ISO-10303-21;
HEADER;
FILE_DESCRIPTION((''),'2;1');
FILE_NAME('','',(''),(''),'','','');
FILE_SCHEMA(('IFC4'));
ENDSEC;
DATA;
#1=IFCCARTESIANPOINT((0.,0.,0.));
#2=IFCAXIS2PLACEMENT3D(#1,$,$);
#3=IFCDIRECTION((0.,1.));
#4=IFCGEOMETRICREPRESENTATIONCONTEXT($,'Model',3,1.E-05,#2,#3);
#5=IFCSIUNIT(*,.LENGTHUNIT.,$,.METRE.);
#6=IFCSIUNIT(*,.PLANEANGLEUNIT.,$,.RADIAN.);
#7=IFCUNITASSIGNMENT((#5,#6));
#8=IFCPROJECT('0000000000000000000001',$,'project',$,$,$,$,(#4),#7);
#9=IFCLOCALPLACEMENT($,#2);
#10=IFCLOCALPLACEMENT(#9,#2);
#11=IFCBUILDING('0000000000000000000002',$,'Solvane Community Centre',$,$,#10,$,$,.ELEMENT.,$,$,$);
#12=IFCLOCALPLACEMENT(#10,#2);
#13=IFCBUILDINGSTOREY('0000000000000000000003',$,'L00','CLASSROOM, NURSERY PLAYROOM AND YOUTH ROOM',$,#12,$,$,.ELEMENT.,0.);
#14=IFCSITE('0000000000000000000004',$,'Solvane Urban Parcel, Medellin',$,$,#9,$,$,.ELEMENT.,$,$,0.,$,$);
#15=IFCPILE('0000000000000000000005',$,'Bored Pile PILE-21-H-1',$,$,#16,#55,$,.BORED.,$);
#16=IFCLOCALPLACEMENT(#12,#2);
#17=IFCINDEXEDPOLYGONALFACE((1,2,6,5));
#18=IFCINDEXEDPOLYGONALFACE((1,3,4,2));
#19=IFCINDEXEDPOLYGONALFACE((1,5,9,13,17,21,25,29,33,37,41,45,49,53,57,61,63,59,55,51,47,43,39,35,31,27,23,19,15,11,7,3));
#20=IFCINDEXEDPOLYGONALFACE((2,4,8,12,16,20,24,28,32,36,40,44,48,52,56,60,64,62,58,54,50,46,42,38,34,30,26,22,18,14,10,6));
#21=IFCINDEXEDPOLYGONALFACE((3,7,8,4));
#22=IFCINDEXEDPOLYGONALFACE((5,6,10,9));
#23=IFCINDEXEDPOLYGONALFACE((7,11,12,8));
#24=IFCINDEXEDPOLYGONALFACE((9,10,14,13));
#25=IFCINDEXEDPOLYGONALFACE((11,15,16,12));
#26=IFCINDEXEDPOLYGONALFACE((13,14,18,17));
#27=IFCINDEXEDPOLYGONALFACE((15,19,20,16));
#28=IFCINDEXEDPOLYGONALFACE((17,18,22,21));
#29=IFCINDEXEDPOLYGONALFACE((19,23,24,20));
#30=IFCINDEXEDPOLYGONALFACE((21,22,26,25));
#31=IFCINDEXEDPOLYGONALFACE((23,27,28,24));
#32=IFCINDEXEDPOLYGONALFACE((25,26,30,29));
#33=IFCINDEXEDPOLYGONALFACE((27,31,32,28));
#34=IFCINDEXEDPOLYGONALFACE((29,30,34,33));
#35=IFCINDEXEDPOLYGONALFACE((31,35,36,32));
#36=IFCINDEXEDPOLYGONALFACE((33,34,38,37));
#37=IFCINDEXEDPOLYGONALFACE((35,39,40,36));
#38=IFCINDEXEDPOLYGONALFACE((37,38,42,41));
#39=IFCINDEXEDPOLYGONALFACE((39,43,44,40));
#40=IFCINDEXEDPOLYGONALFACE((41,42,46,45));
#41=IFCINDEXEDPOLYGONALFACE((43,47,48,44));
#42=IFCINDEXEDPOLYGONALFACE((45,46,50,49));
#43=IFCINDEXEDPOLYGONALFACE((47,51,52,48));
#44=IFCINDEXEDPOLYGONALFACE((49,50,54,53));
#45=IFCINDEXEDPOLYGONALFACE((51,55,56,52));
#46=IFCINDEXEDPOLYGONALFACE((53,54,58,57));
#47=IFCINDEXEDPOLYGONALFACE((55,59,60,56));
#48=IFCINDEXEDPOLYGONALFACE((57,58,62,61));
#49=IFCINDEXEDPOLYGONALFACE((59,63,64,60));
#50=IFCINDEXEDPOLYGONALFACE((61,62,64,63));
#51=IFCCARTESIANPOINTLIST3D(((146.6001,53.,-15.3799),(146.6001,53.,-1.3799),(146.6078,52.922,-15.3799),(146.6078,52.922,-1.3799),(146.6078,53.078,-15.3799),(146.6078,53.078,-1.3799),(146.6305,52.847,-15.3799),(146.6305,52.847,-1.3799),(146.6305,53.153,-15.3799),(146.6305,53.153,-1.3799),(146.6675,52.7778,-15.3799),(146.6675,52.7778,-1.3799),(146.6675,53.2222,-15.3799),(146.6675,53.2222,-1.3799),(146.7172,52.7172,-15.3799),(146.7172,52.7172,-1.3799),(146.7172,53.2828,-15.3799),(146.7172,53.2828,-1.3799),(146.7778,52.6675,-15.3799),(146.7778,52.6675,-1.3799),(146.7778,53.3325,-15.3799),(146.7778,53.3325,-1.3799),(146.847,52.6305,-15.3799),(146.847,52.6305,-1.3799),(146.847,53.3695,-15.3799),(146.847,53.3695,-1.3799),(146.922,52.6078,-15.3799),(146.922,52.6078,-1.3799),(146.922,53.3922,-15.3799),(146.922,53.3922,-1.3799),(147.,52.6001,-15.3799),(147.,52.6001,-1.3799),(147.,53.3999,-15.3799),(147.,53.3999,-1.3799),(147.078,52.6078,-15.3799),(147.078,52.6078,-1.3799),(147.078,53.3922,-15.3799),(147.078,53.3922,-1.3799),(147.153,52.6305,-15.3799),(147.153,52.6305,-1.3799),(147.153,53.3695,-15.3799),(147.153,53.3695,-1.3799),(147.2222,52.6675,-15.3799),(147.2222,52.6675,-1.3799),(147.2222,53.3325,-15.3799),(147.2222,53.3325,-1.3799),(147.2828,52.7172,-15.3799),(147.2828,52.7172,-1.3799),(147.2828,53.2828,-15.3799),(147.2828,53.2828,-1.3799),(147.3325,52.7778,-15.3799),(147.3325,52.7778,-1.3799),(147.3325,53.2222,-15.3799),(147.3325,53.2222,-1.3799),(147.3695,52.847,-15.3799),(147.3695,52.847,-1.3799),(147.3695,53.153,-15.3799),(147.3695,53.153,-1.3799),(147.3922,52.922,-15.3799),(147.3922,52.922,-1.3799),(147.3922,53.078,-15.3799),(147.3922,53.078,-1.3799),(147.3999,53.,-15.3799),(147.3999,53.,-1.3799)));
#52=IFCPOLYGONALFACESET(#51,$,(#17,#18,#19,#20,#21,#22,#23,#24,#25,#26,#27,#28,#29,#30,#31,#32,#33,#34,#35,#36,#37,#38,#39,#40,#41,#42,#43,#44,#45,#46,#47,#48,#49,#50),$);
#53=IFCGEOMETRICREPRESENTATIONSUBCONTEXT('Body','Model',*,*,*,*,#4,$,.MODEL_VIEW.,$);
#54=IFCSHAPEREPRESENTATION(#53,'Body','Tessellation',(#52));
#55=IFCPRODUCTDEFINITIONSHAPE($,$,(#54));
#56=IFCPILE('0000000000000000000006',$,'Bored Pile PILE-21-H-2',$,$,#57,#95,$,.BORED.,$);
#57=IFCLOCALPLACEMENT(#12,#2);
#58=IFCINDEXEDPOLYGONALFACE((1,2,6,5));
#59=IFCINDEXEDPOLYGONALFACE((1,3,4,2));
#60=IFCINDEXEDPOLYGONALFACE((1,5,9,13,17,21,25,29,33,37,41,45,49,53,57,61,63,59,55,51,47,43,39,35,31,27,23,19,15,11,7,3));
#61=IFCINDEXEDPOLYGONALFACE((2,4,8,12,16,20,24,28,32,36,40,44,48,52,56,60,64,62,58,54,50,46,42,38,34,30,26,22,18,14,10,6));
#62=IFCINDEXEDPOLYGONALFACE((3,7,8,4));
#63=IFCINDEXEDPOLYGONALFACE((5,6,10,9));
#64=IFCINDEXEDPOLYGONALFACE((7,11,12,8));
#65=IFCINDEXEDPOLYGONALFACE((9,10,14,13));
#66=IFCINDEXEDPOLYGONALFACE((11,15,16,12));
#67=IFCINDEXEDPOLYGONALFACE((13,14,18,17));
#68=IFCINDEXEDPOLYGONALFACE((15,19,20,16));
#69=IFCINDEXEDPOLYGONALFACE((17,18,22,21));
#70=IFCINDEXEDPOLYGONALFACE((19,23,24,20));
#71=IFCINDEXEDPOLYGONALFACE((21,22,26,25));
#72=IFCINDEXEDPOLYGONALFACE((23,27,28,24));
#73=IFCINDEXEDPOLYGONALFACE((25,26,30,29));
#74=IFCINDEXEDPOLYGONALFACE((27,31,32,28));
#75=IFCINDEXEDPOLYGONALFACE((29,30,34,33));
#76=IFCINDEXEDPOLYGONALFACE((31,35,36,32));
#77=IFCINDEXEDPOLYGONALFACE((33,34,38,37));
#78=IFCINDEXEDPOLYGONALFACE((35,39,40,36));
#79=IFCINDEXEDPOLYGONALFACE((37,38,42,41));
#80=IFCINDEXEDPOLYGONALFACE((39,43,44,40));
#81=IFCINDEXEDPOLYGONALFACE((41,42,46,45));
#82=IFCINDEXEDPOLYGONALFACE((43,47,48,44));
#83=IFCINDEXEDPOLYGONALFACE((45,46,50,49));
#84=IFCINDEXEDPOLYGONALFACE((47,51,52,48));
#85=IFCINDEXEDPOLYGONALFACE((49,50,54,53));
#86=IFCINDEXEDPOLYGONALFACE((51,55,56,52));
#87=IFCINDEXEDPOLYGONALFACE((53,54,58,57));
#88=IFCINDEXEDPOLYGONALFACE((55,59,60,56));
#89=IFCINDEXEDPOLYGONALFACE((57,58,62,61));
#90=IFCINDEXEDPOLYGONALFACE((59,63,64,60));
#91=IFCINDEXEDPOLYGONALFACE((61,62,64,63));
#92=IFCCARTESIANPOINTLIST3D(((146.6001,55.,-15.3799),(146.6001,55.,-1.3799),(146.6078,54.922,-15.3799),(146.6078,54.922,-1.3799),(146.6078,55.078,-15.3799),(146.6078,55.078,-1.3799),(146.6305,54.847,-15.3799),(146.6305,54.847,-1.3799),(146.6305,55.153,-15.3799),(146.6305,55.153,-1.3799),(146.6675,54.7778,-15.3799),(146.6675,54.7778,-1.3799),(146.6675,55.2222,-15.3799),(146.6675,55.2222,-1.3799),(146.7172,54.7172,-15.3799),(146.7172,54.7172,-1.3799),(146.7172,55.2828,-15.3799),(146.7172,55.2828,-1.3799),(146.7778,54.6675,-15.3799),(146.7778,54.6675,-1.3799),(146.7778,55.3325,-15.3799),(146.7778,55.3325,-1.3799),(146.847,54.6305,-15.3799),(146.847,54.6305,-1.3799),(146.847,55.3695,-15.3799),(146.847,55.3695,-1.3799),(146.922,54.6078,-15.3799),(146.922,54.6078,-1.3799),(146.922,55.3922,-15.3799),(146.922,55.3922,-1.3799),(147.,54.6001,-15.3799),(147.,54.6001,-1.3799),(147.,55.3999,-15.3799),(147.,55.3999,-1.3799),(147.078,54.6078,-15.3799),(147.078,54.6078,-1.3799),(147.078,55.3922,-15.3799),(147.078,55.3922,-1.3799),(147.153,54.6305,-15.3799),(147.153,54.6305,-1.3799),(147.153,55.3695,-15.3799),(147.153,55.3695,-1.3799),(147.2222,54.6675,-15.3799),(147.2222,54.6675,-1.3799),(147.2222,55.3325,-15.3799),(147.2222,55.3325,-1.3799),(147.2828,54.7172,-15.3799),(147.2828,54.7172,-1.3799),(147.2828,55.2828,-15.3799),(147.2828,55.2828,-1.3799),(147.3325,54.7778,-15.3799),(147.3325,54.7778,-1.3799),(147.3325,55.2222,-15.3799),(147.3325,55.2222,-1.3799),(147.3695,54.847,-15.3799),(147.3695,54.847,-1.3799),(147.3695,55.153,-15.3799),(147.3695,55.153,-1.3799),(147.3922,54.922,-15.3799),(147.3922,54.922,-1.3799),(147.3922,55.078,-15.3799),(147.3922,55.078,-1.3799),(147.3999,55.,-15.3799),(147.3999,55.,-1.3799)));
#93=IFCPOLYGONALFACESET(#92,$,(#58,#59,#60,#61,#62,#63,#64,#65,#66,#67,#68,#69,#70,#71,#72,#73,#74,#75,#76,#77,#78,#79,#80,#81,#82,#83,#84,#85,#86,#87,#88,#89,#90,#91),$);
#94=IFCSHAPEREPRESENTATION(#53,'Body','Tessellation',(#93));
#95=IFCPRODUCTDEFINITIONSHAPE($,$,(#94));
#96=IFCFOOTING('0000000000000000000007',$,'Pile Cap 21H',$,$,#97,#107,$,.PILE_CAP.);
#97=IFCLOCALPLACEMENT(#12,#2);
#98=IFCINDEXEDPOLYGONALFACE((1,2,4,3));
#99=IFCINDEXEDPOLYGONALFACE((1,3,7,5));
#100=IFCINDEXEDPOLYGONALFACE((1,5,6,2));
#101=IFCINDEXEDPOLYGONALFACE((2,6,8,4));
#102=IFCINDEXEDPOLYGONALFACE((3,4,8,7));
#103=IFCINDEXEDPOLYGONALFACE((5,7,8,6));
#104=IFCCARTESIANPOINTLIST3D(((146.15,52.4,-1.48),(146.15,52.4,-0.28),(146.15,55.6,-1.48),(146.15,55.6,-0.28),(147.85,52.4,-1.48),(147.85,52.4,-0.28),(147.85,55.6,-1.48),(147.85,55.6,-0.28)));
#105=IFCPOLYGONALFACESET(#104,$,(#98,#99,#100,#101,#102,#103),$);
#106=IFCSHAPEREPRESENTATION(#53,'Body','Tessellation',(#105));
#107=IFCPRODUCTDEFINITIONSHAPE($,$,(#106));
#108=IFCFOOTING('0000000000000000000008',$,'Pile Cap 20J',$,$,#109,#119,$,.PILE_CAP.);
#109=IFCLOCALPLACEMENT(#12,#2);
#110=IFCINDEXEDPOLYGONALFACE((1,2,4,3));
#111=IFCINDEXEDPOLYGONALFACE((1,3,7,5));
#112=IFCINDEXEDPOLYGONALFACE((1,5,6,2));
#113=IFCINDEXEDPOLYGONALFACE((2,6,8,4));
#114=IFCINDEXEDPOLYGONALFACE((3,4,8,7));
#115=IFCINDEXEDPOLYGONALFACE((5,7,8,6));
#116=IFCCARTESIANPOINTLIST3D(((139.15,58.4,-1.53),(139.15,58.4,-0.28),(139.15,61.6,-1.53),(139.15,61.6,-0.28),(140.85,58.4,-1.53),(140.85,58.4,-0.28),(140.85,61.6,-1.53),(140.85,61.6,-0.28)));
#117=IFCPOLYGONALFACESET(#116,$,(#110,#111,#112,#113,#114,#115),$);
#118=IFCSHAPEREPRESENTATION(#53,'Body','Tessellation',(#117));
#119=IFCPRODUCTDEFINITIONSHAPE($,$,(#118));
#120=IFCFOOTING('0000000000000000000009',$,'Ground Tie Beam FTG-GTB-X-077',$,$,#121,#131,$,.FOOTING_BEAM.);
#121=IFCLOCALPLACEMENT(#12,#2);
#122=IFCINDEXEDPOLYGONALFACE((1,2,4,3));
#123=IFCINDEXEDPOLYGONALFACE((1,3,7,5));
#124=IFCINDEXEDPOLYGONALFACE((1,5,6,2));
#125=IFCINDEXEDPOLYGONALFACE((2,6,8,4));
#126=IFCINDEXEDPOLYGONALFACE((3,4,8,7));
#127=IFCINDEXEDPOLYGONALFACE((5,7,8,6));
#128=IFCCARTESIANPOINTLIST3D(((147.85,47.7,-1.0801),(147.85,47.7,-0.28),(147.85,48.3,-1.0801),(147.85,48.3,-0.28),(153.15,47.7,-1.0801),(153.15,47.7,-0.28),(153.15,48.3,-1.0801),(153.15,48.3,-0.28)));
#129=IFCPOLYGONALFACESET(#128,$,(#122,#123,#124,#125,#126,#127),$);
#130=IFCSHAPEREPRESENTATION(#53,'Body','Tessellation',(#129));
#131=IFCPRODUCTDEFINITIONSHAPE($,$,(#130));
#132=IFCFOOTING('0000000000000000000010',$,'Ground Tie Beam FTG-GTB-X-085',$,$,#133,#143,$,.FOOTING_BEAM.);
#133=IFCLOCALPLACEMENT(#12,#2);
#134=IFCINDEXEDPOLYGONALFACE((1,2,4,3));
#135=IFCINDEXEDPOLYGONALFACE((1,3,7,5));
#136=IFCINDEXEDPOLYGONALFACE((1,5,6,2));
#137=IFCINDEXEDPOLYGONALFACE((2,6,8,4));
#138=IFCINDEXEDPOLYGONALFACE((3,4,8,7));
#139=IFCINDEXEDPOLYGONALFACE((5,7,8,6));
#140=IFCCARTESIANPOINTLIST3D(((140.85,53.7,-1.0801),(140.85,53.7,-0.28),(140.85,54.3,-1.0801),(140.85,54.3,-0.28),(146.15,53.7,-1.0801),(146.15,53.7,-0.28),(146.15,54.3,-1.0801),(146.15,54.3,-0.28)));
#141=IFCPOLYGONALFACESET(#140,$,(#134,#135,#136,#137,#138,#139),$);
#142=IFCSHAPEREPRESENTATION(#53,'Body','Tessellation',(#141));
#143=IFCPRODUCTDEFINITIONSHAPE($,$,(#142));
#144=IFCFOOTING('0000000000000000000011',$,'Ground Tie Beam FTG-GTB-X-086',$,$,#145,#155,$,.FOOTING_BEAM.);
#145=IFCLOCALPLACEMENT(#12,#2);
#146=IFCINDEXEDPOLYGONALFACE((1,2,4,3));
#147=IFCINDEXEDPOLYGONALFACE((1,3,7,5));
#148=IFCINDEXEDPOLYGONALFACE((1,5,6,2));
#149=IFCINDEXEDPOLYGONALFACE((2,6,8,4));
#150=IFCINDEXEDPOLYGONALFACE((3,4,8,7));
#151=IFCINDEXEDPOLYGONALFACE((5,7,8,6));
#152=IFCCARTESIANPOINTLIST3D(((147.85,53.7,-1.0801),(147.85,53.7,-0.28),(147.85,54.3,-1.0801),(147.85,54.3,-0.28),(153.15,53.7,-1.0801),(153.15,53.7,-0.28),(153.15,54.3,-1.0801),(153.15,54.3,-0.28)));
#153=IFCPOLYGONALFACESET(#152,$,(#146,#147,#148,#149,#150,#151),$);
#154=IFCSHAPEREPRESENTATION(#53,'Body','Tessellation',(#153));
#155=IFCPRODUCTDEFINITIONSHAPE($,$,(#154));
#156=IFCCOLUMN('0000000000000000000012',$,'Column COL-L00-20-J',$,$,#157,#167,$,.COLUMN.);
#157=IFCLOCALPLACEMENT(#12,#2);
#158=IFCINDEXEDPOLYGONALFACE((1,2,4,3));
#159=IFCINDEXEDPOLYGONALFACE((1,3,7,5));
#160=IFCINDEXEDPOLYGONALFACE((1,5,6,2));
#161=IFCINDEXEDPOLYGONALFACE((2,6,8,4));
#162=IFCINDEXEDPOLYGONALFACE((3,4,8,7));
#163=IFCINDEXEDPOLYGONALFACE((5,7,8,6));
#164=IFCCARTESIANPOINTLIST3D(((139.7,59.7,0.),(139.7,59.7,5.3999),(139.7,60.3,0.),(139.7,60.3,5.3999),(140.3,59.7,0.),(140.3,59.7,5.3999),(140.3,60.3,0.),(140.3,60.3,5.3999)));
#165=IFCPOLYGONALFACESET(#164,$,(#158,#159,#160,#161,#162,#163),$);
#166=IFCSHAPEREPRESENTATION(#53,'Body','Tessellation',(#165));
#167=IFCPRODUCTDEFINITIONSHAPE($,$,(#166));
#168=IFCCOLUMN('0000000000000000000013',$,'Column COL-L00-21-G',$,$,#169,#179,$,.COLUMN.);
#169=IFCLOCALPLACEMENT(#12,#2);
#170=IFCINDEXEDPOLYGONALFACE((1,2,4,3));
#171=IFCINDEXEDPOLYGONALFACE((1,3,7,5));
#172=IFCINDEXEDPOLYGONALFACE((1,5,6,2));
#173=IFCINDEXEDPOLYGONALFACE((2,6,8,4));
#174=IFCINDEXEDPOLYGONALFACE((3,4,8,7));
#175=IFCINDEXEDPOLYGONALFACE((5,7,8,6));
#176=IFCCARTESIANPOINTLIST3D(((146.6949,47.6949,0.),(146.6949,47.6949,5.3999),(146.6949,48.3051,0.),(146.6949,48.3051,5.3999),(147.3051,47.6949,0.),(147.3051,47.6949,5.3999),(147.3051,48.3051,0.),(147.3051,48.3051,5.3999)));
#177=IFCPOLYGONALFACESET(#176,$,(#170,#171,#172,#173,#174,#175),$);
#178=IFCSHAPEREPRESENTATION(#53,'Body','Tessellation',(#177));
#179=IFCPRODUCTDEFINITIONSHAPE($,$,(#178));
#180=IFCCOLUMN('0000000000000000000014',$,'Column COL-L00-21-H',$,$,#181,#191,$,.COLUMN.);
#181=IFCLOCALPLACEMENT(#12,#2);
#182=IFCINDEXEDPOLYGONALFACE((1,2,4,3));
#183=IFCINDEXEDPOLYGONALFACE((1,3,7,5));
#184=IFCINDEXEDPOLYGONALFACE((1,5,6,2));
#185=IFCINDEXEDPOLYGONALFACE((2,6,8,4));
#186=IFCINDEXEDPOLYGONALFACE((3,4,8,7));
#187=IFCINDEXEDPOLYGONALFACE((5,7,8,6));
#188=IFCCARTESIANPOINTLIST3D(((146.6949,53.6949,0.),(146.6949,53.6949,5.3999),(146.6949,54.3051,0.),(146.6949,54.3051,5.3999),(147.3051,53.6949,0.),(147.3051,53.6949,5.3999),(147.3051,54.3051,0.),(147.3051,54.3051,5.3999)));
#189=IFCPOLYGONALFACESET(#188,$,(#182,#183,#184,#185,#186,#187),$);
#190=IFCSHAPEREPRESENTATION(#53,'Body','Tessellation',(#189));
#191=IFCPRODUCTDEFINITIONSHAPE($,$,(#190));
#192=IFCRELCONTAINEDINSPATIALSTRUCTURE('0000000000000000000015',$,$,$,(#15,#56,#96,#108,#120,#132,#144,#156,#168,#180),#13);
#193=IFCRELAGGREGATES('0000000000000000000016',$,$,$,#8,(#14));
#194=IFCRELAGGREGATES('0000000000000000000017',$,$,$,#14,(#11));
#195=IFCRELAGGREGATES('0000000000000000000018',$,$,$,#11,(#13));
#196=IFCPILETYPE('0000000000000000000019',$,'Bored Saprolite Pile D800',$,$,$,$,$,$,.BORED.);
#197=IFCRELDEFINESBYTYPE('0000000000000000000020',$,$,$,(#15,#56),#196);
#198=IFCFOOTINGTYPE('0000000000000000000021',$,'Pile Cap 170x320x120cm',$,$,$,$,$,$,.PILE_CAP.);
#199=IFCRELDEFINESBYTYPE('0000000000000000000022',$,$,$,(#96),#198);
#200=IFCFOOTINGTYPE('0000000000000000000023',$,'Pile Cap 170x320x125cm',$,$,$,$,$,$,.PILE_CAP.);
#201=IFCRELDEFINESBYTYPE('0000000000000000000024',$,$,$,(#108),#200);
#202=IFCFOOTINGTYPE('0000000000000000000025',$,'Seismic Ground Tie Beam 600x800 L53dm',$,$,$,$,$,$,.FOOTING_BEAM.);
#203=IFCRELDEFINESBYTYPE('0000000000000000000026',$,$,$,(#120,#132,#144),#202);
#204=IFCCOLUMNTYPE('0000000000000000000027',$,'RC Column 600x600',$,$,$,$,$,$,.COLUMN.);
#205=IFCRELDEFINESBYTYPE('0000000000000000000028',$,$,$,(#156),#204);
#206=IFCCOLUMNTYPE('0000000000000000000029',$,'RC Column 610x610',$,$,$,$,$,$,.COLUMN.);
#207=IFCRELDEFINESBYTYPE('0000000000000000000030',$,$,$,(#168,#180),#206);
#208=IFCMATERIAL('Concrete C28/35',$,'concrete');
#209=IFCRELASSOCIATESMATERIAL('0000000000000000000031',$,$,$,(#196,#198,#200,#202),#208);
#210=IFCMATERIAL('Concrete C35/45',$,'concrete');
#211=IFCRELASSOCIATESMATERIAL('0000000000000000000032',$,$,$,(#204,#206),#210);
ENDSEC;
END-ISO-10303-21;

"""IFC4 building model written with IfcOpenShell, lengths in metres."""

from ifc_helpers import new_model, si_unit, direction, frame, origin, origin_2d, place, context, subcontext, project, spatial, rectangle, circle, extrude, material, material_profile, profile_set, type_object, element, save


model = new_model("IFC4")

# Units and contexts
model_context = context("Model", 3, precision=1e-05, world=origin(), true_north=direction((0.0, 1.0)))
body_context = subcontext(model_context, "Body", "Model", "MODEL_VIEW")
ifc_project = project(units=[si_unit("LENGTHUNIT", "METRE"), si_unit("PLANEANGLEUNIT", "RADIAN")], contexts=[model_context])

# Site, building, storey
site_placement = place(None, origin())
site = spatial("IfcSite", under=ifc_project, at=site_placement, Name="Solvane Urban Parcel, Medellin", CompositionType="ELEMENT", RefElevation=0.0)
building_placement = place(site_placement, origin())
building = spatial("IfcBuilding", under=site, at=building_placement, Name="Solvane Community Centre", CompositionType="ELEMENT")
storey_placement = place(building_placement, origin())
storey = spatial("IfcBuildingStorey", under=building, at=storey_placement, Name="L00", Description="CLASSROOM, NURSERY PLAYROOM AND YOUTH ROOM", CompositionType="ELEMENT", Elevation=0.0)

# Piles
ifc_material_1 = material(Name="Concrete C28/35", Category="concrete")
ifc_material_profile_1 = material_profile(ifc_material_1, circle(Radius=0.3999, at=origin_2d()), Name="PILE D800")
ifc_profile_set_1 = profile_set([ifc_material_profile_1], Name="Concrete C28/35")
pile_type = type_object("IfcPileType", Name="Bored Saprolite Pile D800", PredefinedType="BORED", material=ifc_profile_set_1)
for number, where, z_axis, x_axis, name in (
    (1, (147.0, 53.0, -1.3799), (0.0, 0.0, -1.0), (1.0, 0.0, 0.0), "Bored Pile PILE-21-H-1"),
    (2, (147.0, 55.0, -1.3799), (0.0, 0.0, -1.0), (1.0, 0.0, 0.0), "Bored Pile PILE-21-H-2"),
):
    element("IfcPile", number, at=place(storey_placement, frame(where, z_axis=z_axis, x_axis=x_axis)), inside=storey, type_object=pile_type, Name=name, PredefinedType="BORED", context=body_context, shape_type="SweptSolid", body=[
        extrude(circle(Radius=0.3999, at=origin_2d()), origin(), (0.0, 0.0, 1.0), 14.0),
    ])

# Footings
footing_type_1 = type_object("IfcFootingType", Name="Pile Cap 170x320x120cm", PredefinedType="PILE_CAP", material=ifc_material_1)
footing_1_placement = place(storey_placement, frame((147.0, 54.0, -1.48), z_axis=(0.0, 0.0, 1.0), x_axis=(1.0, 0.0, 0.0)))
element("IfcFooting", 3, at=footing_1_placement, inside=storey, type_object=footing_type_1, Name="Pile Cap 21H", PredefinedType="PILE_CAP", context=body_context, shape_type="SweptSolid", body=[
    extrude(rectangle(XDim=1.7, YDim=3.2, at=origin_2d()), origin(), (0.0, 0.0, 1.0), 1.2),
])
footing_type_2 = type_object("IfcFootingType", Name="Pile Cap 170x320x125cm", PredefinedType="PILE_CAP", material=ifc_material_1)
footing_2_placement = place(storey_placement, frame((140.0, 60.0, -1.53), z_axis=(0.0, 0.0, 1.0), x_axis=(1.0, 0.0, 0.0)))
element("IfcFooting", 4, at=footing_2_placement, inside=storey, type_object=footing_type_2, Name="Pile Cap 20J", PredefinedType="PILE_CAP", context=body_context, shape_type="SweptSolid", body=[
    extrude(rectangle(XDim=1.7, YDim=3.2, at=origin_2d()), origin(), (0.0, 0.0, 1.0), 1.25),
])
footing_type_3 = type_object("IfcFootingType", Name="Seismic Ground Tie Beam 600x800 L53dm", PredefinedType="FOOTING_BEAM", material=ifc_material_1)
for number, where, z_axis, x_axis, name in (
    (5, (150.5, 48.0, -1.0801), (0.0, 0.0, 1.0), (1.0, 0.0, 0.0), "Ground Tie Beam FTG-GTB-X-077"),
    (6, (143.5, 54.0, -1.0801), (0.0, 0.0, 1.0), (1.0, 0.0, 0.0), "Ground Tie Beam FTG-GTB-X-085"),
    (7, (150.5, 54.0, -1.0801), (0.0, 0.0, 1.0), (1.0, 0.0, 0.0), "Ground Tie Beam FTG-GTB-X-086"),
):
    element("IfcFooting", number, at=place(storey_placement, frame(where, z_axis=z_axis, x_axis=x_axis)), inside=storey, type_object=footing_type_3, Name=name, PredefinedType="FOOTING_BEAM", context=body_context, shape_type="SweptSolid", body=[
        extrude(rectangle(XDim=5.3, YDim=0.6001, at=origin_2d()), origin(), (0.0, 0.0, 1.0), 0.8),
    ])

# Columns
ifc_material_2 = material(Name="Concrete C35/45", Category="concrete")
ifc_material_profile_2 = material_profile(ifc_material_2, rectangle(XDim=0.6001, YDim=0.6001, at=origin_2d()), Name="RC 600x600")
ifc_profile_set_2 = profile_set([ifc_material_profile_2], Name="Concrete C35/45")
column_type_1 = type_object("IfcColumnType", Name="RC Column 600x600", PredefinedType="COLUMN", material=ifc_profile_set_2)
column_placement = place(storey_placement, frame((140.0, 60.0, 0.0), z_axis=(0.0, 0.0, 1.0), x_axis=(1.0, 0.0, 0.0)))
element("IfcColumn", 8, at=column_placement, inside=storey, type_object=column_type_1, Name="Column COL-L00-20-J", PredefinedType="COLUMN", context=body_context, shape_type="SweptSolid", body=[
    extrude(rectangle(XDim=0.6001, YDim=0.6001, at=origin_2d()), origin(), (0.0, 0.0, 1.0), 5.3999),
])
ifc_material_profile_3 = material_profile(ifc_material_2, rectangle(XDim=0.6101, YDim=0.6101, at=origin_2d()), Name="RC 610x610")
ifc_profile_set_3 = profile_set([ifc_material_profile_3], Name="Concrete C35/45")
column_type_2 = type_object("IfcColumnType", Name="RC Column 610x610", PredefinedType="COLUMN", material=ifc_profile_set_3)
for number, where, z_axis, x_axis, name in (
    (9, (147.0, 48.0, 0.0), (0.0, 0.0, 1.0), (1.0, 0.0, 0.0), "Column COL-L00-21-G"),
    (10, (147.0, 54.0, 0.0), (0.0, 0.0, 1.0), (1.0, 0.0, 0.0), "Column COL-L00-21-H"),
):
    element("IfcColumn", number, at=place(storey_placement, frame(where, z_axis=z_axis, x_axis=x_axis)), inside=storey, type_object=column_type_2, Name=name, PredefinedType="COLUMN", context=body_context, shape_type="SweptSolid", body=[
        extrude(rectangle(XDim=0.6101, YDim=0.6101, at=origin_2d()), origin(), (0.0, 0.0, 1.0), 5.3999),
    ])

save(model, "model.ifc")
